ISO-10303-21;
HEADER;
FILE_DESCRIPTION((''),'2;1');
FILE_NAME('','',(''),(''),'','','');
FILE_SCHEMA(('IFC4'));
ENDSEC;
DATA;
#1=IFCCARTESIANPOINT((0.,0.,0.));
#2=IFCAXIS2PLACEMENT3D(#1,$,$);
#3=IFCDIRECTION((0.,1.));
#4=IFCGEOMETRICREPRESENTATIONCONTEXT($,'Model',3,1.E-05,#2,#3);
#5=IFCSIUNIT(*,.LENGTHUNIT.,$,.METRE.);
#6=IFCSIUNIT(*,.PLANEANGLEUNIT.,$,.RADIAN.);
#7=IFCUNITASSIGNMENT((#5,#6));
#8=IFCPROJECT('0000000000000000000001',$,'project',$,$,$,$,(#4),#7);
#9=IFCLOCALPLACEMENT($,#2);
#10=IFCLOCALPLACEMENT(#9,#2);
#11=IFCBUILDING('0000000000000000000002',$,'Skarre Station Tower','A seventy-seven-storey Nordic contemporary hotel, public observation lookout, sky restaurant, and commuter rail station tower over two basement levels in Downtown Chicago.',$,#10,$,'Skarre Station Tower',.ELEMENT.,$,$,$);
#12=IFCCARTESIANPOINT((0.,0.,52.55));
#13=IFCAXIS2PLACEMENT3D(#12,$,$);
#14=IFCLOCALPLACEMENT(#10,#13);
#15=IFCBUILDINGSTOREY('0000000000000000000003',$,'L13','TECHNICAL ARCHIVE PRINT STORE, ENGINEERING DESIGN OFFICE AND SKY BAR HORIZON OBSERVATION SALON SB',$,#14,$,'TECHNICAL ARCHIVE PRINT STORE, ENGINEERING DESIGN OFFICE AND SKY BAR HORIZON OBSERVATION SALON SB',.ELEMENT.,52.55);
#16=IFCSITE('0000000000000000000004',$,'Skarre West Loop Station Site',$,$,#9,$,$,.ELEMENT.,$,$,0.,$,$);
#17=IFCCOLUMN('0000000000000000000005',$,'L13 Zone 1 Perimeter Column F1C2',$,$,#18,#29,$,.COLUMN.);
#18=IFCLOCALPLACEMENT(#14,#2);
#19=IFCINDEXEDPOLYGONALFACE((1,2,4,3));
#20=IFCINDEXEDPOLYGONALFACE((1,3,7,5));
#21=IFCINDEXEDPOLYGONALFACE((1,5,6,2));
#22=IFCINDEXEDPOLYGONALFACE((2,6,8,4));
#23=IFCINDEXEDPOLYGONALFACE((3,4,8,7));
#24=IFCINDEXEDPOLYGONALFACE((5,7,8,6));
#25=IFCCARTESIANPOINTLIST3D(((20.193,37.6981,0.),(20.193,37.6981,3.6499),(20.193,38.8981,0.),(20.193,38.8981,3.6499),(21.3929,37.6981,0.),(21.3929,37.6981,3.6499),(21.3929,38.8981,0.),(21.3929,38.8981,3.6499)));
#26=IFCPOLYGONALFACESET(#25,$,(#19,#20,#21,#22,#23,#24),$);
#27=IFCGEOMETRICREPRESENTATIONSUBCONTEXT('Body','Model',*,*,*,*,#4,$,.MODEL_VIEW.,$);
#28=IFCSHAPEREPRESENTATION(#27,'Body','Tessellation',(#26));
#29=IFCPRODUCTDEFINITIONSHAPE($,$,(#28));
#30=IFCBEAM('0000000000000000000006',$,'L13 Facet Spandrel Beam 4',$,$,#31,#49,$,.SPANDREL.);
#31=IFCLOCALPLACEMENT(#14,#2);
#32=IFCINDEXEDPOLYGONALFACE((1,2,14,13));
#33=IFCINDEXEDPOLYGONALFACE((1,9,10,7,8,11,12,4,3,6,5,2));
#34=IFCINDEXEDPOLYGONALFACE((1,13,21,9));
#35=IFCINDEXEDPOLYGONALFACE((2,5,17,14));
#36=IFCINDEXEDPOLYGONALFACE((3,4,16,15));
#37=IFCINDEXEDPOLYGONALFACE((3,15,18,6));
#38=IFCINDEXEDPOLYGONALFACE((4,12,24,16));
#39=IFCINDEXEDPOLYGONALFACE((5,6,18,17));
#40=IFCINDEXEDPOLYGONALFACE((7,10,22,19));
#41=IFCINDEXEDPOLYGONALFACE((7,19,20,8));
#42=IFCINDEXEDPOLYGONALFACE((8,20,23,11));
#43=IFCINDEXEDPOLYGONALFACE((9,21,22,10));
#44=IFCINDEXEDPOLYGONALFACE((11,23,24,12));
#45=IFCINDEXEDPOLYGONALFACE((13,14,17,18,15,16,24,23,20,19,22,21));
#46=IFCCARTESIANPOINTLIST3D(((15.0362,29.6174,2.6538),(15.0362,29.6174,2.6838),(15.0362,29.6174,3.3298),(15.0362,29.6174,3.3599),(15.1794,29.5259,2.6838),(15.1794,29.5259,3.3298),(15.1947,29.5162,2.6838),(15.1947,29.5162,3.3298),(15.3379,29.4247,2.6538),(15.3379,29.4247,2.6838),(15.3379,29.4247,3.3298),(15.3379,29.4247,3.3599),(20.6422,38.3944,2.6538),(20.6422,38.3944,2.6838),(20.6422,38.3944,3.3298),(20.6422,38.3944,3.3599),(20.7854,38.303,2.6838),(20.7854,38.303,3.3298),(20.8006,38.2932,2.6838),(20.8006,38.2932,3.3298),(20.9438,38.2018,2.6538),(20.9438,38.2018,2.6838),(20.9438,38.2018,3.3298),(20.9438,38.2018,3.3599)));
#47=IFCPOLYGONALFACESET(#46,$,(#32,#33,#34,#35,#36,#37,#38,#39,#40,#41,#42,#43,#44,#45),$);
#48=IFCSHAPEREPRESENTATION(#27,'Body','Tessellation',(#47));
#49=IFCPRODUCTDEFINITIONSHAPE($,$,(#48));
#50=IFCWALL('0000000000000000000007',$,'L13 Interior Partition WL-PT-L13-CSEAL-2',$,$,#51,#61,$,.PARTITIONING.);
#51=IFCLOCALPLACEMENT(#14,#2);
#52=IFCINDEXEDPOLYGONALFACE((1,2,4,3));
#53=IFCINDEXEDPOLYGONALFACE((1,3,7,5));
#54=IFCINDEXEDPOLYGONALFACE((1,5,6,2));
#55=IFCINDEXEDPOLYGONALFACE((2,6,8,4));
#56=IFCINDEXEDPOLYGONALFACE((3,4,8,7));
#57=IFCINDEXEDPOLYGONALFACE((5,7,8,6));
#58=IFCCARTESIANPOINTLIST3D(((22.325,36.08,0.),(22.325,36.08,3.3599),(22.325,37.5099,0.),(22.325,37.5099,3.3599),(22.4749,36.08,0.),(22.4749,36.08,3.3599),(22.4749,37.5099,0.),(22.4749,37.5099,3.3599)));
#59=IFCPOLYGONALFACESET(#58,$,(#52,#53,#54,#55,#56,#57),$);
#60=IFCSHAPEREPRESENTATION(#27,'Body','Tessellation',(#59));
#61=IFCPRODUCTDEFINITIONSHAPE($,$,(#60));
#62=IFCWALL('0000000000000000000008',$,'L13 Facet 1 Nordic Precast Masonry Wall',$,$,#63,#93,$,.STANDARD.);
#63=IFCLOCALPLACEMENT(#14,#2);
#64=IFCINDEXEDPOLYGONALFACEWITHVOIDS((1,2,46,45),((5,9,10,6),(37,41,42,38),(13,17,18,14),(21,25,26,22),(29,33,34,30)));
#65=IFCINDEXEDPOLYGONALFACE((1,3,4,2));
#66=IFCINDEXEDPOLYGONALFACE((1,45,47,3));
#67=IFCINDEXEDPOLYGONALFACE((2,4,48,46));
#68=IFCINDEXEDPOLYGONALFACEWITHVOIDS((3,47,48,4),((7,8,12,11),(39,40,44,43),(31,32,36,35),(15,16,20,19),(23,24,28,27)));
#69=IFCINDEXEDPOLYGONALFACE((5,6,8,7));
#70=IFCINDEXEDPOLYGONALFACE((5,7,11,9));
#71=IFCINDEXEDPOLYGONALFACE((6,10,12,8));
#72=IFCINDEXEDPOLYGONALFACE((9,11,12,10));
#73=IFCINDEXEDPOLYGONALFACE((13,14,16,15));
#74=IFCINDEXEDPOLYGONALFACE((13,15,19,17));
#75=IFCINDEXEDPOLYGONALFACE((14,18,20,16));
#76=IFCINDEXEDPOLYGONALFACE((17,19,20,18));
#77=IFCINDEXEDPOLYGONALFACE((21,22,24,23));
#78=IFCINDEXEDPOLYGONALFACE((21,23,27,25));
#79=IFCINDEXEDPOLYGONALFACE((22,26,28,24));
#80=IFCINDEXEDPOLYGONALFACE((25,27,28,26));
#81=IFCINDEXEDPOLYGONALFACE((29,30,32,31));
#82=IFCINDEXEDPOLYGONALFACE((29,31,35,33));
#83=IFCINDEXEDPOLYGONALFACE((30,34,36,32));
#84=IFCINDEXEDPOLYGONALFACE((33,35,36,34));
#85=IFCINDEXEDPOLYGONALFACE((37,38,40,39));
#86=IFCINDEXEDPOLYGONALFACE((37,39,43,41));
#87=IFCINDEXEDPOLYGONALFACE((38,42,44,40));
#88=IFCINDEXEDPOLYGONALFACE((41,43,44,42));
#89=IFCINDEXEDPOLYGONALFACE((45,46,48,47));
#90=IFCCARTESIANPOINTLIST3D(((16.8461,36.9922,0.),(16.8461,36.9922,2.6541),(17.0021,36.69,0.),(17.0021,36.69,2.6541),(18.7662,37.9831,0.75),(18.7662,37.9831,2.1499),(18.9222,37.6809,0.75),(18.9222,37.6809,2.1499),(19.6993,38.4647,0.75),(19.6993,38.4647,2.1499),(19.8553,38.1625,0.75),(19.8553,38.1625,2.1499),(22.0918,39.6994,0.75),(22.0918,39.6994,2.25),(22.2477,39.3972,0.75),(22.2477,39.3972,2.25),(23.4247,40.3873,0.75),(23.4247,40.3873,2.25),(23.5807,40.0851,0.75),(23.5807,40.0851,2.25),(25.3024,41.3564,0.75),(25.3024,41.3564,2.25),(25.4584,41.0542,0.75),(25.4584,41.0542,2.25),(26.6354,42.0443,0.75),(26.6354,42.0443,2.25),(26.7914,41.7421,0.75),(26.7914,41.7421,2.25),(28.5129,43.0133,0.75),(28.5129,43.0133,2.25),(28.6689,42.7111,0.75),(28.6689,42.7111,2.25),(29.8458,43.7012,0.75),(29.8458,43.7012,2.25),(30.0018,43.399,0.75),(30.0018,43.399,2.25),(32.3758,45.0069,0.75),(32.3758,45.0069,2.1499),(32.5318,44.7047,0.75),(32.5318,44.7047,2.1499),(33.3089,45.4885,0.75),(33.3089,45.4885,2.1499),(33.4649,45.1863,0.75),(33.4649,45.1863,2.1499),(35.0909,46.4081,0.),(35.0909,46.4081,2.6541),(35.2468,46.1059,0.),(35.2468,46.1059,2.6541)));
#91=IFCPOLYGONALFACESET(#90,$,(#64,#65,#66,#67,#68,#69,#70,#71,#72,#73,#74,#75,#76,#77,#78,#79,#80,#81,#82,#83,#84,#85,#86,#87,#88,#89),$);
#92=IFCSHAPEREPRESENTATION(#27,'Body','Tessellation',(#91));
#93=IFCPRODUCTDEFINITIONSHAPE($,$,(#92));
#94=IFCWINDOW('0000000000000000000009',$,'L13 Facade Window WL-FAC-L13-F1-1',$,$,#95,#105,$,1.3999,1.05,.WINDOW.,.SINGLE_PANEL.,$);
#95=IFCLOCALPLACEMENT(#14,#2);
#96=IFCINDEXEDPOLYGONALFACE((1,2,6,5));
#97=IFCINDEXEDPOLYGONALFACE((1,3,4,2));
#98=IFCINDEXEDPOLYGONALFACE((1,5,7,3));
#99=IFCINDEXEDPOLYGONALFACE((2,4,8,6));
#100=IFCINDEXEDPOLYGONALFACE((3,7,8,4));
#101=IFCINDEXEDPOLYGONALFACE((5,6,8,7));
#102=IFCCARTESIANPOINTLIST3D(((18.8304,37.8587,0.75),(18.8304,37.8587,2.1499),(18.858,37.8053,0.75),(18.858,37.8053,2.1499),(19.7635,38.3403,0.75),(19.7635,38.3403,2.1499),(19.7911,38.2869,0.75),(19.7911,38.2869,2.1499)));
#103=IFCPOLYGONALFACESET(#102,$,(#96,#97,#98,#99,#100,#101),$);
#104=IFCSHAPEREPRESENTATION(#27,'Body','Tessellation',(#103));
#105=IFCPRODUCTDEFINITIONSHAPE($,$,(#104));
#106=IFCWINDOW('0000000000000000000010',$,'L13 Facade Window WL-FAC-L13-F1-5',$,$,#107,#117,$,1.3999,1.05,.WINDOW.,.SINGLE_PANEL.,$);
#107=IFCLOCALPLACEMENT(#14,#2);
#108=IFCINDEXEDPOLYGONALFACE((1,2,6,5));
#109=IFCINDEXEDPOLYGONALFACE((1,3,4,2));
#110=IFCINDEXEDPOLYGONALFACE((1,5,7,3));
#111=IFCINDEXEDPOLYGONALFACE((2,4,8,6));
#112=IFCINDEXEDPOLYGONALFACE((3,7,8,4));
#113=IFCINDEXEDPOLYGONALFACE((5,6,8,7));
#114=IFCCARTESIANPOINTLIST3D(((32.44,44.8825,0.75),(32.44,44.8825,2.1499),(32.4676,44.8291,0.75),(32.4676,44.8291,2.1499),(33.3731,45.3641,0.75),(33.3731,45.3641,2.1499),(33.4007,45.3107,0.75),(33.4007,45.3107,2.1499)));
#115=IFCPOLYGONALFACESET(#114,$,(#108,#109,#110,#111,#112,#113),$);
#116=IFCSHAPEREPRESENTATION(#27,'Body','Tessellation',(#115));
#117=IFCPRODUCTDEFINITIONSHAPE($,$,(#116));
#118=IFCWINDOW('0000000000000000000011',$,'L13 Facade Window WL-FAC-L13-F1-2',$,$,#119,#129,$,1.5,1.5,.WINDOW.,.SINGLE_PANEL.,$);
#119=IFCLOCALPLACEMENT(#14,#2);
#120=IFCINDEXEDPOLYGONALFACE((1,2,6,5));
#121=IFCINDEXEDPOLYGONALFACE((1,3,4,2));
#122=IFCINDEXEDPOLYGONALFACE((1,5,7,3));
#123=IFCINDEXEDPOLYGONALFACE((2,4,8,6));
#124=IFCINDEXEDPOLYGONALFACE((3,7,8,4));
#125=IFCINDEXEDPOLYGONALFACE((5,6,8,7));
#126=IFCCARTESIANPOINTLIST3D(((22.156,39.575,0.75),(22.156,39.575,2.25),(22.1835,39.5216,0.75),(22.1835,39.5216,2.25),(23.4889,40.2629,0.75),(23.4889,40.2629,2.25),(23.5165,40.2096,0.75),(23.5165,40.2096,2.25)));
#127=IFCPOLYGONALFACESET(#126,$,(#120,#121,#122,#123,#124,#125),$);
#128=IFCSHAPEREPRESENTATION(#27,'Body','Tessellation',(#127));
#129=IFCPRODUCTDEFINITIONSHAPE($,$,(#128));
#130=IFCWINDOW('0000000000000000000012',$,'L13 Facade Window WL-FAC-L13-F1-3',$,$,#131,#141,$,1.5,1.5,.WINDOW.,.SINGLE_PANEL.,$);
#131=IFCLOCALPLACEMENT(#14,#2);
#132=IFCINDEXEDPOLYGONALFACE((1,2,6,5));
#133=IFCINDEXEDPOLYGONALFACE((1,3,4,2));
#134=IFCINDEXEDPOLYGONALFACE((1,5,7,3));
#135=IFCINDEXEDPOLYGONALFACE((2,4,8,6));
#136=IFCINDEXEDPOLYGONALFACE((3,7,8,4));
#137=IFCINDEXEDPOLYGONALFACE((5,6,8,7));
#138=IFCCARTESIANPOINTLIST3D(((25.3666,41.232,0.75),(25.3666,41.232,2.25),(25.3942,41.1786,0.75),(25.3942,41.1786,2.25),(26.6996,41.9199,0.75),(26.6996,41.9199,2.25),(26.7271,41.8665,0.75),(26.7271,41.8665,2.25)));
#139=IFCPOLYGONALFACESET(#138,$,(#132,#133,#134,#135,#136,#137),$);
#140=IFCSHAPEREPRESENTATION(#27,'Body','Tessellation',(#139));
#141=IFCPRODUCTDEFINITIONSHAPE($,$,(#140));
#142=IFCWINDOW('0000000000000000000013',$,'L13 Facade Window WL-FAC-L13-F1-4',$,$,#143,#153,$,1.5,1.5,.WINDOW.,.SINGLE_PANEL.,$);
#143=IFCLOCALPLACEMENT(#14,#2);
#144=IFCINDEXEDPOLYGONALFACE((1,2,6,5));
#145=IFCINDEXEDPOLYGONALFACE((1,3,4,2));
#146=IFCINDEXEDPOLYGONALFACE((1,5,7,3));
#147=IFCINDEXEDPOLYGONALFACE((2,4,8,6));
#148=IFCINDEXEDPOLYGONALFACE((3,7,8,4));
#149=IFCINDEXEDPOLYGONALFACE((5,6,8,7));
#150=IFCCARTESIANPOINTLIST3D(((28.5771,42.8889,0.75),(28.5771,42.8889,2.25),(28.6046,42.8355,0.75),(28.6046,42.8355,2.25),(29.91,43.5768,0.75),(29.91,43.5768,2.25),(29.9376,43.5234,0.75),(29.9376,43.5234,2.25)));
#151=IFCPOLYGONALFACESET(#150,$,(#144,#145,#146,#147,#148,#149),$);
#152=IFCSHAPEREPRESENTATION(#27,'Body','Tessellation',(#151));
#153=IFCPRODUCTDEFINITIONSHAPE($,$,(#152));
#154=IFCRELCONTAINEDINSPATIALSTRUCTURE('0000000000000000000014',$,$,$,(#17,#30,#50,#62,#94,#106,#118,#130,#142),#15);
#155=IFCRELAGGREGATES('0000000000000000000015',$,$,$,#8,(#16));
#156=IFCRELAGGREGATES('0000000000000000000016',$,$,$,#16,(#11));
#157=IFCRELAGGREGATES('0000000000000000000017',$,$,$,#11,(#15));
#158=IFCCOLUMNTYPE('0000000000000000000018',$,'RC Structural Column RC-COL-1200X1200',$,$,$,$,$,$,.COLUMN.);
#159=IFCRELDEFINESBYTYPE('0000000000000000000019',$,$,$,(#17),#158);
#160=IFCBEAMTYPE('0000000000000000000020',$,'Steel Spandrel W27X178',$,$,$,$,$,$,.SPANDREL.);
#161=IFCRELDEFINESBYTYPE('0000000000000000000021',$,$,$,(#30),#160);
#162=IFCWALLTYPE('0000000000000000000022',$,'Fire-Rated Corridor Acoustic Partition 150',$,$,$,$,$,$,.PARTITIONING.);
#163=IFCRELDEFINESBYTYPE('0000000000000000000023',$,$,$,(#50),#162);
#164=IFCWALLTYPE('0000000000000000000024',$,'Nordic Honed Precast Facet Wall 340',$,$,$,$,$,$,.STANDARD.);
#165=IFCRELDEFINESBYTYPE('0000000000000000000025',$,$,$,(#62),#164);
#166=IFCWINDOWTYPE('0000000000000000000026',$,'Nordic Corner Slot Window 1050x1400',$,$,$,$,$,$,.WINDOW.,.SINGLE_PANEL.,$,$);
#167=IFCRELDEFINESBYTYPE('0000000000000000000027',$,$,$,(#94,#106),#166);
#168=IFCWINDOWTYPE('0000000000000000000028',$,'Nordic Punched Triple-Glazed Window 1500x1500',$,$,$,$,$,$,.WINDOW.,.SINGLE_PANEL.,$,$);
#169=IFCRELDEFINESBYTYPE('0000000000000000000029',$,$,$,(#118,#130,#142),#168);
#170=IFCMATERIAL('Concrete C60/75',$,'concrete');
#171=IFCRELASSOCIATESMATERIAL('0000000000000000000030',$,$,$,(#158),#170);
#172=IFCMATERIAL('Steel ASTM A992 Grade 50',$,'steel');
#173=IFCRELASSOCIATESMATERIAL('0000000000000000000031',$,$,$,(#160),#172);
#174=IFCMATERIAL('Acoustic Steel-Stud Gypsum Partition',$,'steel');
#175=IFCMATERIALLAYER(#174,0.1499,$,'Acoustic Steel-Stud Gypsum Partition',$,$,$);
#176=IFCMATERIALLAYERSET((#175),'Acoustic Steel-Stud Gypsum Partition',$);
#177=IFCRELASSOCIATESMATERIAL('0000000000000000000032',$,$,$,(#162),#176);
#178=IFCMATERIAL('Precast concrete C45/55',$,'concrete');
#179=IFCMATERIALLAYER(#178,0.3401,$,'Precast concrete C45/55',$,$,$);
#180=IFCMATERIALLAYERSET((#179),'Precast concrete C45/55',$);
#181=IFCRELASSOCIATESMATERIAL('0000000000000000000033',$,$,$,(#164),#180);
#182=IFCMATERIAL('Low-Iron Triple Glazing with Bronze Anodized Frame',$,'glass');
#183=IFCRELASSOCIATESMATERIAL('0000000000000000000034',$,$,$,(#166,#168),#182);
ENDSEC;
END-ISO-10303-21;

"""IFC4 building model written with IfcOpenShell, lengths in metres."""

from ifc_helpers import new_model, si_unit, direction, frame, frame_2d, origin, origin_2d, place, context, subcontext, project, spatial, rectangle, i_section, extrude, material, layer, layer_set, material_profile, profile_set, type_object, element, fill, save


model = new_model("IFC4")

# Units and contexts
model_context = context("Model", 3, precision=1e-05, world=origin(), true_north=direction((0.0, 1.0)))
body_context = subcontext(model_context, "Body", "Model", "MODEL_VIEW")
ifc_project = project(units=[si_unit("LENGTHUNIT", "METRE"), si_unit("PLANEANGLEUNIT", "RADIAN")], contexts=[model_context])

# Site, building, storey
site_placement = place(None, origin())
site = spatial("IfcSite", under=ifc_project, at=site_placement, Name="Skarre West Loop Station Site", CompositionType="ELEMENT", RefElevation=0.0)
building_placement = place(site_placement, origin())
building = spatial("IfcBuilding", under=site, at=building_placement, Name="Skarre Station Tower", Description="A seventy-seven-storey Nordic contemporary hotel, public observation lookout, sky restaurant, and commuter rail station tower over two basement levels in Downtown Chicago.", LongName="Skarre Station Tower", CompositionType="ELEMENT")
storey_placement = place(building_placement, frame((0.0, 0.0, 52.55)))
storey = spatial("IfcBuildingStorey", under=building, at=storey_placement, Name="L13", Description="TECHNICAL ARCHIVE PRINT STORE, ENGINEERING DESIGN OFFICE AND SKY BAR HORIZON OBSERVATION SALON SB", LongName="TECHNICAL ARCHIVE PRINT STORE, ENGINEERING DESIGN OFFICE AND SKY BAR HORIZON OBSERVATION SALON SB", CompositionType="ELEMENT", Elevation=52.55)

# Column
ifc_material_1 = material(Name="Concrete C60/75", Category="concrete")
ifc_material_profile_1 = material_profile(ifc_material_1, rectangle(XDim=1.2, YDim=1.2, at=origin_2d()), Name="Concrete C60/75")
ifc_profile_set_1 = profile_set([ifc_material_profile_1], Name="Concrete C60/75")
column_type = type_object("IfcColumnType", Name="RC Structural Column RC-COL-1200X1200", PredefinedType="COLUMN", material=ifc_profile_set_1)
column_placement = place(storey_placement, frame((20.793, 38.2981, 0.0), z_axis=(0.0, 0.0, 1.0), x_axis=(1.0, 0.0, 0.0)))
element("IfcColumn", 1, at=column_placement, inside=storey, type_object=column_type, Name="L13 Zone 1 Perimeter Column F1C2", PredefinedType="COLUMN", context=body_context, shape_type="SweptSolid", body=[
    extrude(rectangle(XDim=1.2, YDim=1.2, at=origin_2d()), origin(), (0.0, 0.0, 1.0), 3.6499),
])

# Beam
ifc_material_2 = material(Name="Steel ASTM A992 Grade 50", Category="steel")
ifc_material_profile_2 = material_profile(ifc_material_2, i_section(OverallWidth=0.3579, OverallDepth=0.7061, WebThickness=0.0181, FlangeThickness=0.03, at=origin_2d()), Name="Steel ASTM A992 Grade 50")
ifc_profile_set_2 = profile_set([ifc_material_profile_2], Name="Steel ASTM A992 Grade 50")
beam_type = type_object("IfcBeamType", Name="Steel Spandrel W27X178", PredefinedType="SPANDREL", material=ifc_profile_set_2)
beam_placement = place(storey_placement, frame((20.793, 38.2981, 3.0068), z_axis=(-0.538278, -0.842767, 0.0), x_axis=(0.842767, -0.538278, 0.0)))
element("IfcBeam", 2, at=beam_placement, inside=storey, type_object=beam_type, Name="L13 Facet Spandrel Beam 4", PredefinedType="SPANDREL", context=body_context, shape_type="SweptSolid", body=[
    extrude(i_section(OverallWidth=0.3579, OverallDepth=0.7061, WebThickness=0.0181, FlangeThickness=0.03, at=origin_2d()), origin(), (0.0, 0.0, 1.0), 10.4146),
])

# Wall
ifc_material_3 = material(Name="Acoustic Steel-Stud Gypsum Partition", Category="steel")
ifc_layer_1 = layer(ifc_material_3, 0.1499, Name="Acoustic Steel-Stud Gypsum Partition")
ifc_layer_set_1 = layer_set([ifc_layer_1], Name="Acoustic Steel-Stud Gypsum Partition")
wall_type_1 = type_object("IfcWallType", Name="Fire-Rated Corridor Acoustic Partition 150", PredefinedType="PARTITIONING", material=ifc_layer_set_1)
wall_1_placement = place(storey_placement, frame((22.3999, 36.0801, 0.0), z_axis=(0.0, 0.0, 1.0), x_axis=(0.0, 1.0, 0.0)))
element("IfcWall", 3, at=wall_1_placement, inside=storey, type_object=wall_type_1, Name="L13 Interior Partition WL-PT-L13-CSEAL-2", PredefinedType="PARTITIONING", context=body_context, shape_type="SweptSolid", body=[
    extrude(rectangle(XDim=1.4299, YDim=0.1499, at=frame_2d((0.7148, 0.0))), origin(), (0.0, 0.0, 1.0), 3.3599),
])

# Wall, openings, windows
ifc_material_4 = material(Name="Precast concrete C45/55", Category="concrete")
ifc_layer_2 = layer(ifc_material_4, 0.3401, Name="Precast concrete C45/55")
ifc_layer_set_2 = layer_set([ifc_layer_2], Name="Precast concrete C45/55")
wall_type_2 = type_object("IfcWallType", Name="Nordic Honed Precast Facet Wall 340", PredefinedType="STANDARD", material=ifc_layer_set_2)
wall_2_placement = place(storey_placement, frame((16.9241, 36.8411, 0.0), z_axis=(0.0, 0.0, 1.0), x_axis=(0.888634, 0.458616, 0.0)))
wall_2 = element("IfcWall", 4, at=wall_2_placement, inside=storey, type_object=wall_type_2, Name="L13 Facet 1 Nordic Precast Masonry Wall", PredefinedType="STANDARD", context=body_context, shape_type="SweptSolid", body=[
    extrude(rectangle(XDim=20.5312, YDim=0.3401, at=frame_2d((10.2656, 0.0))), origin(), (0.0, 0.0, 1.0), 2.6541),
])
opening_1_placement = place(wall_2_placement, frame((2.1609, 0.0, 0.75)))
opening_1 = element("IfcOpeningElement", 5, at=opening_1_placement, cuts=wall_2, PredefinedType="OPENING", context=body_context, shape_type="SweptSolid", body=[
    extrude(rectangle(XDim=1.05, YDim=1.3999, at=frame_2d((0.5249, 0.7))), frame((0.0, 0.1799, 0.0), z_axis=(0.0, -1.0, 0.0), x_axis=(1.0, 0.0, 0.0)), (0.0, 0.0, 1.0), 0.3601),
])
opening_2_placement = place(wall_2_placement, frame((5.9031, 0.0, 0.75)))
opening_2 = element("IfcOpeningElement", 6, at=opening_2_placement, cuts=wall_2, PredefinedType="OPENING", context=body_context, shape_type="SweptSolid", body=[
    extrude(rectangle(XDim=1.5, YDim=1.5, at=frame_2d((0.75, 0.75))), frame((0.0, 0.1799, 0.0), z_axis=(0.0, -1.0, 0.0), x_axis=(1.0, 0.0, 0.0)), (0.0, 0.0, 1.0), 0.3601),
])
opening_3_placement = place(wall_2_placement, frame((9.5161, 0.0, 0.75)))
opening_3 = element("IfcOpeningElement", 7, at=opening_3_placement, cuts=wall_2, PredefinedType="OPENING", context=body_context, shape_type="SweptSolid", body=[
    extrude(rectangle(XDim=1.5, YDim=1.5, at=frame_2d((0.75, 0.75))), frame((0.0, 0.1799, 0.0), z_axis=(0.0, -1.0, 0.0), x_axis=(1.0, 0.0, 0.0)), (0.0, 0.0, 1.0), 0.3601),
])
opening_4_placement = place(wall_2_placement, frame((13.1289, 0.0, 0.75)))
opening_4 = element("IfcOpeningElement", 8, at=opening_4_placement, cuts=wall_2, PredefinedType="OPENING", context=body_context, shape_type="SweptSolid", body=[
    extrude(rectangle(XDim=1.5, YDim=1.5, at=frame_2d((0.75, 0.75))), frame((0.0, 0.1799, 0.0), z_axis=(0.0, -1.0, 0.0), x_axis=(1.0, 0.0, 0.0)), (0.0, 0.0, 1.0), 0.3601),
])
opening_5_placement = place(wall_2_placement, frame((17.4761, 0.0, 0.75)))
opening_5 = element("IfcOpeningElement", 9, at=opening_5_placement, cuts=wall_2, PredefinedType="OPENING", context=body_context, shape_type="SweptSolid", body=[
    extrude(rectangle(XDim=1.05, YDim=1.3999, at=frame_2d((0.5249, 0.7))), frame((0.0, 0.1799, 0.0), z_axis=(0.0, -1.0, 0.0), x_axis=(1.0, 0.0, 0.0)), (0.0, 0.0, 1.0), 0.3601),
])
ifc_material_5 = material(Name="Low-Iron Triple Glazing with Bronze Anodized Frame", Category="glass")
window_type_1 = type_object("IfcWindowType", Name="Nordic Corner Slot Window 1050x1400", PartitioningType="SINGLE_PANEL", PredefinedType="WINDOW", material=ifc_material_5)
window_1_placement = place(opening_1_placement, origin())
window_1 = element("IfcWindow", 10, at=window_1_placement, inside=storey, type_object=window_type_1, Name="L13 Facade Window WL-FAC-L13-F1-1", OverallHeight=1.3999, OverallWidth=1.05, PartitioningType="SINGLE_PANEL", PredefinedType="WINDOW", context=body_context, shape_type="SweptSolid", body=[
    extrude(rectangle(XDim=1.05, YDim=1.3999, at=frame_2d((0.5249, 0.7))), frame((0.0, 0.03, 0.0), z_axis=(0.0, -1.0, 0.0), x_axis=(1.0, 0.0, 0.0)), (0.0, 0.0, 1.0), 0.0601),
])
fill(opening_1, window_1)
window_2_placement = place(opening_5_placement, origin())
window_2 = element("IfcWindow", 11, at=window_2_placement, inside=storey, type_object=window_type_1, Name="L13 Facade Window WL-FAC-L13-F1-5", OverallHeight=1.3999, OverallWidth=1.05, PartitioningType="SINGLE_PANEL", PredefinedType="WINDOW", context=body_context, shape_type="SweptSolid", body=[
    extrude(rectangle(XDim=1.05, YDim=1.3999, at=frame_2d((0.5249, 0.7))), frame((0.0, 0.03, 0.0), z_axis=(0.0, -1.0, 0.0), x_axis=(1.0, 0.0, 0.0)), (0.0, 0.0, 1.0), 0.0601),
])
fill(opening_5, window_2)
window_type_2 = type_object("IfcWindowType", Name="Nordic Punched Triple-Glazed Window 1500x1500", PartitioningType="SINGLE_PANEL", PredefinedType="WINDOW", material=ifc_material_5)
window_3_placement = place(opening_2_placement, origin())
window_3 = element("IfcWindow", 12, at=window_3_placement, inside=storey, type_object=window_type_2, Name="L13 Facade Window WL-FAC-L13-F1-2", OverallHeight=1.5, OverallWidth=1.5, PartitioningType="SINGLE_PANEL", PredefinedType="WINDOW", context=body_context, shape_type="SweptSolid", body=[
    extrude(rectangle(XDim=1.5, YDim=1.5, at=frame_2d((0.75, 0.75))), frame((0.0, 0.03, 0.0), z_axis=(0.0, -1.0, 0.0), x_axis=(1.0, 0.0, 0.0)), (0.0, 0.0, 1.0), 0.0601),
])
fill(opening_2, window_3)
window_4_placement = place(opening_3_placement, origin())
window_4 = element("IfcWindow", 13, at=window_4_placement, inside=storey, type_object=window_type_2, Name="L13 Facade Window WL-FAC-L13-F1-3", OverallHeight=1.5, OverallWidth=1.5, PartitioningType="SINGLE_PANEL", PredefinedType="WINDOW", context=body_context, shape_type="SweptSolid", body=[
    extrude(rectangle(XDim=1.5, YDim=1.5, at=frame_2d((0.75, 0.75))), frame((0.0, 0.03, 0.0), z_axis=(0.0, -1.0, 0.0), x_axis=(1.0, 0.0, 0.0)), (0.0, 0.0, 1.0), 0.0601),
])
fill(opening_3, window_4)
window_5_placement = place(opening_4_placement, origin())
window_5 = element("IfcWindow", 14, at=window_5_placement, inside=storey, type_object=window_type_2, Name="L13 Facade Window WL-FAC-L13-F1-4", OverallHeight=1.5, OverallWidth=1.5, PartitioningType="SINGLE_PANEL", PredefinedType="WINDOW", context=body_context, shape_type="SweptSolid", body=[
    extrude(rectangle(XDim=1.5, YDim=1.5, at=frame_2d((0.75, 0.75))), frame((0.0, 0.03, 0.0), z_axis=(0.0, -1.0, 0.0), x_axis=(1.0, 0.0, 0.0)), (0.0, 0.0, 1.0), 0.0601),
])
fill(opening_4, window_5)

save(model, "model.ifc")
